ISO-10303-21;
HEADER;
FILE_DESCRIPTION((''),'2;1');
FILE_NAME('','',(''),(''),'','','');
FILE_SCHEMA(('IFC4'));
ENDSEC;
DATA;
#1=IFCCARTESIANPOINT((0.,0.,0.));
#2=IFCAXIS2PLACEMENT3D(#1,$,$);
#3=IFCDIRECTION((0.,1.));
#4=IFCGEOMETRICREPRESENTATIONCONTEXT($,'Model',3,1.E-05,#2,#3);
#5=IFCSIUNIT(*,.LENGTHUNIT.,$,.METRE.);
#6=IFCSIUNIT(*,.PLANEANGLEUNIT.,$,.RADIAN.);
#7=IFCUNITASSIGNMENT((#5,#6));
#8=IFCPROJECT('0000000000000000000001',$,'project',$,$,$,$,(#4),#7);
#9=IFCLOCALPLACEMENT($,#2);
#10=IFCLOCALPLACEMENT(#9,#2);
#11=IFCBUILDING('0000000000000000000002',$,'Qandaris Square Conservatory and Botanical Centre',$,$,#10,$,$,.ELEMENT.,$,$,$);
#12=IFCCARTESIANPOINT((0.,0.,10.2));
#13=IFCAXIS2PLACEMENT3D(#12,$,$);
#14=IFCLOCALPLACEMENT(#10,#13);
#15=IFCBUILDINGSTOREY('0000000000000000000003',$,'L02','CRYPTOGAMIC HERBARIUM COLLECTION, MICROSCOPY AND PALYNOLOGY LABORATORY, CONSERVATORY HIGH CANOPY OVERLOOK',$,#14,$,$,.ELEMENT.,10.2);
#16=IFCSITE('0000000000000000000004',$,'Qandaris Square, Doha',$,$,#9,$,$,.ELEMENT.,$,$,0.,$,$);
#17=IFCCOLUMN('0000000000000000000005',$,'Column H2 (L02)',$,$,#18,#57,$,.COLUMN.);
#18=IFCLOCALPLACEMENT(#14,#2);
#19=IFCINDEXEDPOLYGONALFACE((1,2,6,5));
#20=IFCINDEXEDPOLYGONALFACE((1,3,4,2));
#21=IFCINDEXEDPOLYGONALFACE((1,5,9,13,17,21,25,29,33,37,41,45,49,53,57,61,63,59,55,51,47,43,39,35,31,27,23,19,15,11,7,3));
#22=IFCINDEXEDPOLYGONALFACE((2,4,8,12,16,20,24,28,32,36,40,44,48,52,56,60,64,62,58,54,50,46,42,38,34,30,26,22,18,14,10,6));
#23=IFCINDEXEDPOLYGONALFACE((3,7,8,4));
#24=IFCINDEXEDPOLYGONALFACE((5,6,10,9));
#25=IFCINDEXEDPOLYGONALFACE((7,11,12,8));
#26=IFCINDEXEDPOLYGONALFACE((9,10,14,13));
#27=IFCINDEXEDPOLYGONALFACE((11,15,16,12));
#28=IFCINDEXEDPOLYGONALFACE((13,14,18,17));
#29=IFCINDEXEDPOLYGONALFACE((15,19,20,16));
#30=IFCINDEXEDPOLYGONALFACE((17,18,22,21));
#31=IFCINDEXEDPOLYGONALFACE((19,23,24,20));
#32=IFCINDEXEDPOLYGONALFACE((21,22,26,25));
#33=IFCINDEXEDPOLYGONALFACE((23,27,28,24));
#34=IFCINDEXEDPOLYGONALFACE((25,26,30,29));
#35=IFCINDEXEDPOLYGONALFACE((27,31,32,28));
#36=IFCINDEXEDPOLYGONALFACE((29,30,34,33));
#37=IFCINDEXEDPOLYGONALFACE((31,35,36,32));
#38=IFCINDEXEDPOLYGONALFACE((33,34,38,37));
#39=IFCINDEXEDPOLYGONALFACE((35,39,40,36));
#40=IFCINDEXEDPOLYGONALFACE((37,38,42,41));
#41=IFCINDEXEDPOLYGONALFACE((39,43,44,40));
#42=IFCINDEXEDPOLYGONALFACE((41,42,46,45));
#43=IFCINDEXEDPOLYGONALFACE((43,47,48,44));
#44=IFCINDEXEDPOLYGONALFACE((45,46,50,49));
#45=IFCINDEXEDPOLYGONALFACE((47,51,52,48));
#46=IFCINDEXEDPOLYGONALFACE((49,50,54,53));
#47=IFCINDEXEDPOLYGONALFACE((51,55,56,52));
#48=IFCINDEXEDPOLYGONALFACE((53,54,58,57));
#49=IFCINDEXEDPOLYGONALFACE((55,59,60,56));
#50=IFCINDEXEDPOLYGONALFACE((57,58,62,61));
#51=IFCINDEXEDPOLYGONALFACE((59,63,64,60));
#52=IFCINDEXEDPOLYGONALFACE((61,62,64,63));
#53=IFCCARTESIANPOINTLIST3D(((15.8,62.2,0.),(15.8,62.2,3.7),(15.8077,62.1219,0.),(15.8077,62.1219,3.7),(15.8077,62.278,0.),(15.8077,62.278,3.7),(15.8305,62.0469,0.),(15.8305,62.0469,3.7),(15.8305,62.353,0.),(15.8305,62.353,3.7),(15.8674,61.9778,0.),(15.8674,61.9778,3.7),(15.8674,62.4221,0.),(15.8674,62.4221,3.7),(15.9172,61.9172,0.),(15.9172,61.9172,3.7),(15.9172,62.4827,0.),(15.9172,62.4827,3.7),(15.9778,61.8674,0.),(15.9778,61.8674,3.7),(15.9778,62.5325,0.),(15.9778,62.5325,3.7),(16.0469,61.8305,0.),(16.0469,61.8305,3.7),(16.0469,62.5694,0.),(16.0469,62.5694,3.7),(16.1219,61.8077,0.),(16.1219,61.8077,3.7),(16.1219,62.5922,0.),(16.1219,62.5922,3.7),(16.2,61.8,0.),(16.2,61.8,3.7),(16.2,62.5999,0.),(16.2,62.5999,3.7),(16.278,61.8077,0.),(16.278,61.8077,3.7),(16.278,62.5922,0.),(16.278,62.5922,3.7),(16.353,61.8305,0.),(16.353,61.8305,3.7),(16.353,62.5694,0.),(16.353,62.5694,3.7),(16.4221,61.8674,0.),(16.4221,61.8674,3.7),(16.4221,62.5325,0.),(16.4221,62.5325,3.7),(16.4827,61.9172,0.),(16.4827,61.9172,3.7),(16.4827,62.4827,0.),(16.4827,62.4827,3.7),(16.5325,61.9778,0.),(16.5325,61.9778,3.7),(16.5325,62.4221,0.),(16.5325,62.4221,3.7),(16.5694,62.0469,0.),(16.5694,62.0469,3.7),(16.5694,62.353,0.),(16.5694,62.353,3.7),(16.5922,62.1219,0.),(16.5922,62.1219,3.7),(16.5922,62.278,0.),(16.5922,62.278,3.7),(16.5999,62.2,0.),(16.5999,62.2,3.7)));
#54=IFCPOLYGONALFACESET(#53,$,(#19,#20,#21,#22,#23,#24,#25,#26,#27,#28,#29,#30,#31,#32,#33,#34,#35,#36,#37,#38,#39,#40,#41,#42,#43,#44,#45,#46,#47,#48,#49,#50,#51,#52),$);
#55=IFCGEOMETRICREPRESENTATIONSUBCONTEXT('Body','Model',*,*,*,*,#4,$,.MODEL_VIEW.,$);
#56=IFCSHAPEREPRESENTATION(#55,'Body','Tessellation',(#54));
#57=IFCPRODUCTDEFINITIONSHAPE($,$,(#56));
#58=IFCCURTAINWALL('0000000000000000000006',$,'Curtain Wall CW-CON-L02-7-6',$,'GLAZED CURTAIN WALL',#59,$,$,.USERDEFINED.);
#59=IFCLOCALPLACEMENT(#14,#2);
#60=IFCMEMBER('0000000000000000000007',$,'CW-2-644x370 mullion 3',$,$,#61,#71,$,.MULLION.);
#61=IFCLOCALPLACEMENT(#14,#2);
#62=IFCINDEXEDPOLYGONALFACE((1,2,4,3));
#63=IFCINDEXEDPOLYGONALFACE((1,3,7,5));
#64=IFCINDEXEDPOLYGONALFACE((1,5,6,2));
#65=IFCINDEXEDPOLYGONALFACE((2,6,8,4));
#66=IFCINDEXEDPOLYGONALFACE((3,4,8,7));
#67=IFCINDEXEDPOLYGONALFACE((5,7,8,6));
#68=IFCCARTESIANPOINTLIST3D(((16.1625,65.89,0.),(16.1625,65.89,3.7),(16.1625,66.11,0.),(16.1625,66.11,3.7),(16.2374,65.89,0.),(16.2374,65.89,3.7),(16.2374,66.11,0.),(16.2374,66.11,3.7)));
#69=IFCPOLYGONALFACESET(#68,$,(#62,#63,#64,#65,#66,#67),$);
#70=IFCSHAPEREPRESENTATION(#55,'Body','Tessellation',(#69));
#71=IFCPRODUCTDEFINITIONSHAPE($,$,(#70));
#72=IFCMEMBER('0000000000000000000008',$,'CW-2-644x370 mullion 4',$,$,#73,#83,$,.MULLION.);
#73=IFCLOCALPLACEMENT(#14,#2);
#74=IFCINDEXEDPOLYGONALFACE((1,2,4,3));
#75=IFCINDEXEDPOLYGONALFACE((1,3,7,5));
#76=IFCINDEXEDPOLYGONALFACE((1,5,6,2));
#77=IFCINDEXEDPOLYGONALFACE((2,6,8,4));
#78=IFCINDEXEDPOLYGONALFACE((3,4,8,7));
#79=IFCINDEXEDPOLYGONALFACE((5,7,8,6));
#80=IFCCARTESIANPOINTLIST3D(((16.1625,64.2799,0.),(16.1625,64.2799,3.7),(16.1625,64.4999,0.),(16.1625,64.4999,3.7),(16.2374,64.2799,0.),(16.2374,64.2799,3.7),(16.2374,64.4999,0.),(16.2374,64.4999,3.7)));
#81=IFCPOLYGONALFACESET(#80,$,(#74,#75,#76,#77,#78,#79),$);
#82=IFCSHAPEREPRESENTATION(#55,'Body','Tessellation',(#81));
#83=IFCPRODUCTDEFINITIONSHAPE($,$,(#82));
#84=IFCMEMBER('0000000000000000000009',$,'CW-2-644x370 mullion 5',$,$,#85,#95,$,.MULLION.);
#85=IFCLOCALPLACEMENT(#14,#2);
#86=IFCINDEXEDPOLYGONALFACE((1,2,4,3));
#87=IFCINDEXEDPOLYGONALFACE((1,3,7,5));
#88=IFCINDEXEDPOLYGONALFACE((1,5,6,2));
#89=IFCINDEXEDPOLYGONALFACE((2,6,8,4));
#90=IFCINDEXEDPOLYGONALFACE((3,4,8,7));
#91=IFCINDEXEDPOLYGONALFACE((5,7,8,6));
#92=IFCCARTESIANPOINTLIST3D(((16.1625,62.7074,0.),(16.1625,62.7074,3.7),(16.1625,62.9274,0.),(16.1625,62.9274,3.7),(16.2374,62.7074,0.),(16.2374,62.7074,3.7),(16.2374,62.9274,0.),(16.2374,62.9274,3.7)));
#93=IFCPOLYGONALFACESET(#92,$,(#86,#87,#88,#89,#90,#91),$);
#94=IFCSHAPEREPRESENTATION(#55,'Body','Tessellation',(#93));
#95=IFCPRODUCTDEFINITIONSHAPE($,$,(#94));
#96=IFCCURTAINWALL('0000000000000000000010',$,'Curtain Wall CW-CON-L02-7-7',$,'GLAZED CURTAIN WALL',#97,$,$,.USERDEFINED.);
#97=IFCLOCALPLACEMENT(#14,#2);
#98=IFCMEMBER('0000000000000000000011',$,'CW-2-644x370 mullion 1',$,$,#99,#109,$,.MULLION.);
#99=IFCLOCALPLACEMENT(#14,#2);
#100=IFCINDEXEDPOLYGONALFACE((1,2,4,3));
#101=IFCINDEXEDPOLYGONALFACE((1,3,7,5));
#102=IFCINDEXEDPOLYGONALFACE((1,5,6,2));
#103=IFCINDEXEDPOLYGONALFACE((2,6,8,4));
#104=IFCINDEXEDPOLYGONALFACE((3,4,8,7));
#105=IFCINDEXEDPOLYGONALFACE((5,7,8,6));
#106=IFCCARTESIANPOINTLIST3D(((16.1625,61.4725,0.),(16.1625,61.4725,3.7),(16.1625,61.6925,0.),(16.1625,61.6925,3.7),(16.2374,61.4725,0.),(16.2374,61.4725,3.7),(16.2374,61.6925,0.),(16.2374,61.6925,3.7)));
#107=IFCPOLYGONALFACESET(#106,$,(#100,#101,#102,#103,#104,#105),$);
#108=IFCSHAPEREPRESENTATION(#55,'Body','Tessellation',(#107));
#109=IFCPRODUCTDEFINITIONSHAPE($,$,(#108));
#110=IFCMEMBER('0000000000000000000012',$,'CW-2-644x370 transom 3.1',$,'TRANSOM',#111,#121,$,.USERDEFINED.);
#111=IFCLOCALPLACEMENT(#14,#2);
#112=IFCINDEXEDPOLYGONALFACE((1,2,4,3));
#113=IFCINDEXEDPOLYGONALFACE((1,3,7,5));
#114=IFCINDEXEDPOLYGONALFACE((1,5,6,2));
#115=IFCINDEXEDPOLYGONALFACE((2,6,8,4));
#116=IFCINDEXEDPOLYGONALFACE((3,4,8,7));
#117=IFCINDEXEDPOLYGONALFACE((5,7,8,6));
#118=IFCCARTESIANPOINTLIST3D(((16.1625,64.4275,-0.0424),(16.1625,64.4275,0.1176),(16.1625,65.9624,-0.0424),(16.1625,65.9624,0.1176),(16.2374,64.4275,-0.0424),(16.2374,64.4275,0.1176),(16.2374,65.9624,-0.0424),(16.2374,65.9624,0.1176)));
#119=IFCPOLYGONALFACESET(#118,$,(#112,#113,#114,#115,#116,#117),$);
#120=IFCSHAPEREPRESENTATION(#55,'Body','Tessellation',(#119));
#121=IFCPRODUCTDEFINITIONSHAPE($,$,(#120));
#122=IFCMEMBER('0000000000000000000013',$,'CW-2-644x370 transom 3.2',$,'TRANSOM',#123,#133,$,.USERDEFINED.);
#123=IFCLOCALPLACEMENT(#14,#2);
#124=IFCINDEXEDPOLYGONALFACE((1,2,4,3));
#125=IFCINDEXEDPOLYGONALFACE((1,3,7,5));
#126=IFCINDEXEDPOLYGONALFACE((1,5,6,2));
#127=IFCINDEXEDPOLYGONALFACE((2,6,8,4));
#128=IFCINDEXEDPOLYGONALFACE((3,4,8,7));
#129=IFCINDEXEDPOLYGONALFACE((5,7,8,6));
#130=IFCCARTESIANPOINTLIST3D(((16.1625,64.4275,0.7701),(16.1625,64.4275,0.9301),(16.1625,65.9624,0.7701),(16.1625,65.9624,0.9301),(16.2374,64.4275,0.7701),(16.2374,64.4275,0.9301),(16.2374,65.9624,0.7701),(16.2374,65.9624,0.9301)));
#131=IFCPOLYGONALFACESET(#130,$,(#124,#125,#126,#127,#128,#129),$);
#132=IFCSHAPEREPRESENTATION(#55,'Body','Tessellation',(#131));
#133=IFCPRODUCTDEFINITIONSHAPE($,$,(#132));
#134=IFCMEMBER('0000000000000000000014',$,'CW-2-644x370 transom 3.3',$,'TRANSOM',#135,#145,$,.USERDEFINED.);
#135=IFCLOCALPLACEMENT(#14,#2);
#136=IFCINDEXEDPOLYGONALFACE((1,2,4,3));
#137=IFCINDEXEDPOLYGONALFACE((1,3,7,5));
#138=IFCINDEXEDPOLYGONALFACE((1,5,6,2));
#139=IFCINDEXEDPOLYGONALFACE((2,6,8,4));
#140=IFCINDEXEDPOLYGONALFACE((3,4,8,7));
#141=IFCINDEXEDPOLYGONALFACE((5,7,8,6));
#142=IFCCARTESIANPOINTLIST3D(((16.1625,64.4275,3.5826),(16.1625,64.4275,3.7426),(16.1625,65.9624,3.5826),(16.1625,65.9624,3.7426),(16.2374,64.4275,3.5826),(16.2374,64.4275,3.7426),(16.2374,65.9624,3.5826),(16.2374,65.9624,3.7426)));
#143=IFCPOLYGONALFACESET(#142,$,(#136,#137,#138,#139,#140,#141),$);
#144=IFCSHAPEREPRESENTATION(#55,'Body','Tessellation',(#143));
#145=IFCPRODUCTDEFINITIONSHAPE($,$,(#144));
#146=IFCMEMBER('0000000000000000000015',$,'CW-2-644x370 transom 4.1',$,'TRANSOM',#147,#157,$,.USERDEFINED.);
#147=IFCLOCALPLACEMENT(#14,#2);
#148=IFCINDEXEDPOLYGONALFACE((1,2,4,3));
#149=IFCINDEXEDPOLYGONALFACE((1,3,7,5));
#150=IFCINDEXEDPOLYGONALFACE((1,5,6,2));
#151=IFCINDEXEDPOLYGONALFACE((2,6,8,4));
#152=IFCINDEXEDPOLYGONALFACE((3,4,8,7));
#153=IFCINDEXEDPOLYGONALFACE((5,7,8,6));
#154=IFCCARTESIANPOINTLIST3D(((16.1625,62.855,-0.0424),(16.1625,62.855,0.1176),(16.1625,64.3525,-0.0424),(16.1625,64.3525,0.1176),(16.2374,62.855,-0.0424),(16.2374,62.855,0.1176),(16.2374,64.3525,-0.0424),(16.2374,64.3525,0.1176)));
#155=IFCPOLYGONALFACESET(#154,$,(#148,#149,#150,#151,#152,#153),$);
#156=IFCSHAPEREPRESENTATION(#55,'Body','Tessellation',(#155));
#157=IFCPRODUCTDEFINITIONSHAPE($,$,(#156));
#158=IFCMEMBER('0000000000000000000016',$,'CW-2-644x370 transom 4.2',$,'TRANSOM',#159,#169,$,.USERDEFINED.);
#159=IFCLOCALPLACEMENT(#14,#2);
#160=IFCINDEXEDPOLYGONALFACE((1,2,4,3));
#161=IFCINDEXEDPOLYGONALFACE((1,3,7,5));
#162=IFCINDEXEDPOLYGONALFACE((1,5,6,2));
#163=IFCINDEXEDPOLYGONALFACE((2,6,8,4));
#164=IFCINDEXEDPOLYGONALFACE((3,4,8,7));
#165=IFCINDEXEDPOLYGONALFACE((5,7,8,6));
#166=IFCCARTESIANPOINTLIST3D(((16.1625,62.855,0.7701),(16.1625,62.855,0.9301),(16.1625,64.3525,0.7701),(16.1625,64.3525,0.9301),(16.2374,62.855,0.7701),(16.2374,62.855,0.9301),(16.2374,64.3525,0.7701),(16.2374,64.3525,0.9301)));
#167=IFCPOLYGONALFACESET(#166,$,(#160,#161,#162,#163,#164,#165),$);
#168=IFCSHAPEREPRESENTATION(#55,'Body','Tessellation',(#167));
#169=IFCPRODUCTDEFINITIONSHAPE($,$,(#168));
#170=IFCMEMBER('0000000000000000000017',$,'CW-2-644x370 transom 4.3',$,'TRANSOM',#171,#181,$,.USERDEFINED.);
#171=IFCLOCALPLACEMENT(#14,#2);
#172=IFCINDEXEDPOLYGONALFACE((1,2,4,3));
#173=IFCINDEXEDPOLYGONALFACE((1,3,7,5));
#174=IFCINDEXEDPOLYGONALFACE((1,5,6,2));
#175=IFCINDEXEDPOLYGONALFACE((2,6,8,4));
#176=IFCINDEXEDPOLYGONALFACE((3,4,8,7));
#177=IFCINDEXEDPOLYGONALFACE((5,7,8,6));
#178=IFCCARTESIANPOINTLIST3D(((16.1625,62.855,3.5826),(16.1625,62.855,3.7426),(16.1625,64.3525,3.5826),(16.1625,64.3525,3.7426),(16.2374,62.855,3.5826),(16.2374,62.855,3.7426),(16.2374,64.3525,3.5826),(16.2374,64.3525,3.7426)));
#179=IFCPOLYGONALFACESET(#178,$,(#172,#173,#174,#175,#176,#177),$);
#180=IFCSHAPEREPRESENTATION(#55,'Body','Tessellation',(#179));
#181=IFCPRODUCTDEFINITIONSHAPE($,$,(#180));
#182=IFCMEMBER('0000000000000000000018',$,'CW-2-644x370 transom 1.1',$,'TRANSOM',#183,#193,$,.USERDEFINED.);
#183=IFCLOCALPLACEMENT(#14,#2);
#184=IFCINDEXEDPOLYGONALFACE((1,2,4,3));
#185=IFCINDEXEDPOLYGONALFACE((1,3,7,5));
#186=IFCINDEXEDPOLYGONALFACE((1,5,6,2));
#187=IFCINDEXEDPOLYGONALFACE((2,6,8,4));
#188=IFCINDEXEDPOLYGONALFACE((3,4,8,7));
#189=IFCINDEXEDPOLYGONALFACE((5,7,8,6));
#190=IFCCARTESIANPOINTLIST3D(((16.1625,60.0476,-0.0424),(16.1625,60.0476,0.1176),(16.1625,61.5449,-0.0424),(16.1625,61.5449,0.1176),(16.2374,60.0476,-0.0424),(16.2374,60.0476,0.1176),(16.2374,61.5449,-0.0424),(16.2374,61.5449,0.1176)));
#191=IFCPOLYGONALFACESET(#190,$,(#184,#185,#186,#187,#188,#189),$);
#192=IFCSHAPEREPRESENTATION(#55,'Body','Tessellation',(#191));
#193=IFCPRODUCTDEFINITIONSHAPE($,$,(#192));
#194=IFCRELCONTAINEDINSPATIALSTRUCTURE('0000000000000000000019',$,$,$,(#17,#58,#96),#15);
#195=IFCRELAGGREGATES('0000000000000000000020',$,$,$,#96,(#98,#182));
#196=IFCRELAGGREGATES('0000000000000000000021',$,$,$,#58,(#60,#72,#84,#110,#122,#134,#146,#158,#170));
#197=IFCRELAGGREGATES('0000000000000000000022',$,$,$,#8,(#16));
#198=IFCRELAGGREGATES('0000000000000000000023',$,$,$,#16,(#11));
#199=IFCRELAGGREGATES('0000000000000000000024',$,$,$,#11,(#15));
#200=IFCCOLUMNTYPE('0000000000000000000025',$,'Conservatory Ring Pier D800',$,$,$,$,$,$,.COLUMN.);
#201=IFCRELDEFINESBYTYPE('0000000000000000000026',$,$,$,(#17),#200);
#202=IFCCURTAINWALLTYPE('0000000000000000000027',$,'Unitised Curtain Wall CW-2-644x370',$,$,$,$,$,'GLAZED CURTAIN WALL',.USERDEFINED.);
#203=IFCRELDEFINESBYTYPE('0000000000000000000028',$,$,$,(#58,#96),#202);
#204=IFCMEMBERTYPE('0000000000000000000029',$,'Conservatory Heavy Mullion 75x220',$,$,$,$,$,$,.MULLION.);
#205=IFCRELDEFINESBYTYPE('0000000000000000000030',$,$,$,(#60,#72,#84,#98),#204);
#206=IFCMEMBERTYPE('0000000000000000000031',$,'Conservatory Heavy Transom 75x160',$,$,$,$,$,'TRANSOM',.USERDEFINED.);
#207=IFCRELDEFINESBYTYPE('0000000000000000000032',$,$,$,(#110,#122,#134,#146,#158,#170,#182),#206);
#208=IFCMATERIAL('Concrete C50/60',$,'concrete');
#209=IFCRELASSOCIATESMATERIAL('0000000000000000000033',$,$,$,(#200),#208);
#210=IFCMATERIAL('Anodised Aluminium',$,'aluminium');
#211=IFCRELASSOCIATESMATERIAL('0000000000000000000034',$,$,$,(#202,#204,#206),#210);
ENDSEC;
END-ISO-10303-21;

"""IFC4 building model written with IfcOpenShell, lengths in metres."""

from ifc_helpers import new_model, si_unit, direction, frame, origin, origin_2d, place, context, subcontext, project, spatial, rectangle, circle, extrude, material, material_profile, profile_set, type_object, element, aggregate, save


model = new_model("IFC4")

# Units and contexts
model_context = context("Model", 3, precision=1e-05, world=origin(), true_north=direction((0.0, 1.0)))
body_context = subcontext(model_context, "Body", "Model", "MODEL_VIEW")
ifc_project = project(units=[si_unit("LENGTHUNIT", "METRE"), si_unit("PLANEANGLEUNIT", "RADIAN")], contexts=[model_context])

# Site, building, storey
site_placement = place(None, origin())
site = spatial("IfcSite", under=ifc_project, at=site_placement, Name="Qandaris Square, Doha", CompositionType="ELEMENT", RefElevation=0.0)
building_placement = place(site_placement, origin())
building = spatial("IfcBuilding", under=site, at=building_placement, Name="Qandaris Square Conservatory and Botanical Centre", CompositionType="ELEMENT")
storey_placement = place(building_placement, frame((0.0, 0.0, 10.2)))
storey = spatial("IfcBuildingStorey", under=building, at=storey_placement, Name="L02", Description="CRYPTOGAMIC HERBARIUM COLLECTION, MICROSCOPY AND PALYNOLOGY LABORATORY, CONSERVATORY HIGH CANOPY OVERLOOK", CompositionType="ELEMENT", Elevation=10.2)

# Column
ifc_material_1 = material(Name="Concrete C50/60", Category="concrete")
ifc_material_profile_1 = material_profile(ifc_material_1, circle(Radius=0.3999, at=origin_2d()), Name="RC-COL D800")
ifc_profile_set_1 = profile_set([ifc_material_profile_1], Name="Concrete C50/60")
column_type = type_object("IfcColumnType", Name="Conservatory Ring Pier D800", PredefinedType="COLUMN", material=ifc_profile_set_1)
column_placement = place(storey_placement, frame((16.2, 62.2, 0.0), z_axis=(0.0, 0.0, 1.0), x_axis=(1.0, 0.0, 0.0)))
element("IfcColumn", 1, at=column_placement, inside=storey, type_object=column_type, Name="Column H2 (L02)", PredefinedType="COLUMN", context=body_context, shape_type="SweptSolid", body=[
    extrude(circle(Radius=0.3999, at=origin_2d()), origin(), (0.0, 0.0, 1.0), 3.7),
])

# Curtain wall, members
ifc_material_2 = material(Name="Anodised Aluminium", Category="aluminium")
curtain_wall_type = type_object("IfcCurtainWallType", Name="Unitised Curtain Wall CW-2-644x370", ElementType="GLAZED CURTAIN WALL", PredefinedType="USERDEFINED", material=ifc_material_2)
curtain_wall_1_placement = place(storey_placement, origin())
curtain_wall_1 = element("IfcCurtainWall", 2, at=curtain_wall_1_placement, inside=storey, type_object=curtain_wall_type, Name="Curtain Wall CW-CON-L02-7-6", ObjectType="GLAZED CURTAIN WALL", PredefinedType="USERDEFINED")
ifc_material_profile_2 = material_profile(ifc_material_2, rectangle(XDim=0.075, YDim=0.22, at=origin_2d()), Name="ALU-MUL 75x220")
ifc_profile_set_2 = profile_set([ifc_material_profile_2], Name="Anodised Aluminium")
member_type_1 = type_object("IfcMemberType", Name="Conservatory Heavy Mullion 75x220", PredefinedType="MULLION", material=ifc_profile_set_2)
member_1_placement = place(storey_placement, frame((16.2, 66.0, 0.0), z_axis=(0.0, 0.0, 1.0), x_axis=(1.0, 0.0, 0.0)))
member_1 = element("IfcMember", 3, at=member_1_placement, type_object=member_type_1, Name="CW-2-644x370 mullion 3", PredefinedType="MULLION", context=body_context, shape_type="SweptSolid", body=[
    extrude(rectangle(XDim=0.075, YDim=0.22, at=origin_2d()), origin(), (0.0, 0.0, 1.0), 3.7),
])
member_2_placement = place(storey_placement, frame((16.2, 64.3899, 0.0), z_axis=(0.0, 0.0, 1.0), x_axis=(1.0, 0.0, 0.0)))
member_2 = element("IfcMember", 4, at=member_2_placement, type_object=member_type_1, Name="CW-2-644x370 mullion 4", PredefinedType="MULLION", context=body_context, shape_type="SweptSolid", body=[
    extrude(rectangle(XDim=0.075, YDim=0.22, at=origin_2d()), origin(), (0.0, 0.0, 1.0), 3.7),
])
member_3_placement = place(storey_placement, frame((16.2, 62.8174, 0.0), z_axis=(0.0, 0.0, 1.0), x_axis=(1.0, 0.0, 0.0)))
member_3 = element("IfcMember", 5, at=member_3_placement, type_object=member_type_1, Name="CW-2-644x370 mullion 5", PredefinedType="MULLION", context=body_context, shape_type="SweptSolid", body=[
    extrude(rectangle(XDim=0.075, YDim=0.22, at=origin_2d()), origin(), (0.0, 0.0, 1.0), 3.7),
])

# Curtain wall, member
curtain_wall_2_placement = place(storey_placement, origin())
curtain_wall_2 = element("IfcCurtainWall", 6, at=curtain_wall_2_placement, inside=storey, type_object=curtain_wall_type, Name="Curtain Wall CW-CON-L02-7-7", ObjectType="GLAZED CURTAIN WALL", PredefinedType="USERDEFINED")
member_4_placement = place(storey_placement, frame((16.2, 61.5825, 0.0), z_axis=(0.0, 0.0, 1.0), x_axis=(1.0, 0.0, 0.0)))
member_4 = element("IfcMember", 7, at=member_4_placement, type_object=member_type_1, Name="CW-2-644x370 mullion 1", PredefinedType="MULLION", context=body_context, shape_type="SweptSolid", body=[
    extrude(rectangle(XDim=0.075, YDim=0.22, at=origin_2d()), origin(), (0.0, 0.0, 1.0), 3.7),
])

# Members
ifc_material_profile_3 = material_profile(ifc_material_2, rectangle(XDim=0.075, YDim=0.1599, at=origin_2d()), Name="ALU-TRN 75x160")
ifc_profile_set_3 = profile_set([ifc_material_profile_3], Name="Anodised Aluminium")
member_type_2 = type_object("IfcMemberType", Name="Conservatory Heavy Transom 75x160", ElementType="TRANSOM", PredefinedType="USERDEFINED", material=ifc_profile_set_3)
member_5_placement = place(storey_placement, frame((16.2, 65.9624, 0.0376), z_axis=(0.0, -1.0, 0.0), x_axis=(1.0, 0.0, 0.0)))
member_5 = element("IfcMember", 8, at=member_5_placement, type_object=member_type_2, Name="CW-2-644x370 transom 3.1", ObjectType="TRANSOM", PredefinedType="USERDEFINED", context=body_context, shape_type="SweptSolid", body=[
    extrude(rectangle(XDim=0.075, YDim=0.1599, at=origin_2d()), origin(), (0.0, 0.0, 1.0), 1.5349),
])
member_6_placement = place(storey_placement, frame((16.2, 65.9624, 0.8501), z_axis=(0.0, -1.0, 0.0), x_axis=(1.0, 0.0, 0.0)))
member_6 = element("IfcMember", 9, at=member_6_placement, type_object=member_type_2, Name="CW-2-644x370 transom 3.2", ObjectType="TRANSOM", PredefinedType="USERDEFINED", context=body_context, shape_type="SweptSolid", body=[
    extrude(rectangle(XDim=0.075, YDim=0.1599, at=origin_2d()), origin(), (0.0, 0.0, 1.0), 1.5349),
])
member_7_placement = place(storey_placement, frame((16.2, 65.9624, 3.6626), z_axis=(0.0, -1.0, 0.0), x_axis=(1.0, 0.0, 0.0)))
member_7 = element("IfcMember", 10, at=member_7_placement, type_object=member_type_2, Name="CW-2-644x370 transom 3.3", ObjectType="TRANSOM", PredefinedType="USERDEFINED", context=body_context, shape_type="SweptSolid", body=[
    extrude(rectangle(XDim=0.075, YDim=0.1599, at=origin_2d()), origin(), (0.0, 0.0, 1.0), 1.5349),
])
member_8_placement = place(storey_placement, frame((16.2, 64.3525, 0.0376), z_axis=(0.0, -1.0, 0.0), x_axis=(1.0, 0.0, 0.0)))
member_8 = element("IfcMember", 11, at=member_8_placement, type_object=member_type_2, Name="CW-2-644x370 transom 4.1", ObjectType="TRANSOM", PredefinedType="USERDEFINED", context=body_context, shape_type="SweptSolid", body=[
    extrude(rectangle(XDim=0.075, YDim=0.1599, at=origin_2d()), origin(), (0.0, 0.0, 1.0), 1.4976),
])
member_9_placement = place(storey_placement, frame((16.2, 64.3525, 0.8501), z_axis=(0.0, -1.0, 0.0), x_axis=(1.0, 0.0, 0.0)))
member_9 = element("IfcMember", 12, at=member_9_placement, type_object=member_type_2, Name="CW-2-644x370 transom 4.2", ObjectType="TRANSOM", PredefinedType="USERDEFINED", context=body_context, shape_type="SweptSolid", body=[
    extrude(rectangle(XDim=0.075, YDim=0.1599, at=origin_2d()), origin(), (0.0, 0.0, 1.0), 1.4976),
])
member_10_placement = place(storey_placement, frame((16.2, 64.3525, 3.6626), z_axis=(0.0, -1.0, 0.0), x_axis=(1.0, 0.0, 0.0)))
member_10 = element("IfcMember", 13, at=member_10_placement, type_object=member_type_2, Name="CW-2-644x370 transom 4.3", ObjectType="TRANSOM", PredefinedType="USERDEFINED", context=body_context, shape_type="SweptSolid", body=[
    extrude(rectangle(XDim=0.075, YDim=0.1599, at=origin_2d()), origin(), (0.0, 0.0, 1.0), 1.4976),
])
member_11_placement = place(storey_placement, frame((16.2, 61.5449, 0.0376), z_axis=(0.0, -1.0, 0.0), x_axis=(1.0, 0.0, 0.0)))
member_11 = element("IfcMember", 14, at=member_11_placement, type_object=member_type_2, Name="CW-2-644x370 transom 1.1", ObjectType="TRANSOM", PredefinedType="USERDEFINED", context=body_context, shape_type="SweptSolid", body=[
    extrude(rectangle(XDim=0.075, YDim=0.1599, at=origin_2d()), origin(), (0.0, 0.0, 1.0), 1.4973),
])
aggregate(curtain_wall_2, [member_4, member_11])

aggregate(curtain_wall_1, [member_1, member_2, member_3, member_5, member_6, member_7, member_8, member_9, member_10])

save(model, "model.ifc")
